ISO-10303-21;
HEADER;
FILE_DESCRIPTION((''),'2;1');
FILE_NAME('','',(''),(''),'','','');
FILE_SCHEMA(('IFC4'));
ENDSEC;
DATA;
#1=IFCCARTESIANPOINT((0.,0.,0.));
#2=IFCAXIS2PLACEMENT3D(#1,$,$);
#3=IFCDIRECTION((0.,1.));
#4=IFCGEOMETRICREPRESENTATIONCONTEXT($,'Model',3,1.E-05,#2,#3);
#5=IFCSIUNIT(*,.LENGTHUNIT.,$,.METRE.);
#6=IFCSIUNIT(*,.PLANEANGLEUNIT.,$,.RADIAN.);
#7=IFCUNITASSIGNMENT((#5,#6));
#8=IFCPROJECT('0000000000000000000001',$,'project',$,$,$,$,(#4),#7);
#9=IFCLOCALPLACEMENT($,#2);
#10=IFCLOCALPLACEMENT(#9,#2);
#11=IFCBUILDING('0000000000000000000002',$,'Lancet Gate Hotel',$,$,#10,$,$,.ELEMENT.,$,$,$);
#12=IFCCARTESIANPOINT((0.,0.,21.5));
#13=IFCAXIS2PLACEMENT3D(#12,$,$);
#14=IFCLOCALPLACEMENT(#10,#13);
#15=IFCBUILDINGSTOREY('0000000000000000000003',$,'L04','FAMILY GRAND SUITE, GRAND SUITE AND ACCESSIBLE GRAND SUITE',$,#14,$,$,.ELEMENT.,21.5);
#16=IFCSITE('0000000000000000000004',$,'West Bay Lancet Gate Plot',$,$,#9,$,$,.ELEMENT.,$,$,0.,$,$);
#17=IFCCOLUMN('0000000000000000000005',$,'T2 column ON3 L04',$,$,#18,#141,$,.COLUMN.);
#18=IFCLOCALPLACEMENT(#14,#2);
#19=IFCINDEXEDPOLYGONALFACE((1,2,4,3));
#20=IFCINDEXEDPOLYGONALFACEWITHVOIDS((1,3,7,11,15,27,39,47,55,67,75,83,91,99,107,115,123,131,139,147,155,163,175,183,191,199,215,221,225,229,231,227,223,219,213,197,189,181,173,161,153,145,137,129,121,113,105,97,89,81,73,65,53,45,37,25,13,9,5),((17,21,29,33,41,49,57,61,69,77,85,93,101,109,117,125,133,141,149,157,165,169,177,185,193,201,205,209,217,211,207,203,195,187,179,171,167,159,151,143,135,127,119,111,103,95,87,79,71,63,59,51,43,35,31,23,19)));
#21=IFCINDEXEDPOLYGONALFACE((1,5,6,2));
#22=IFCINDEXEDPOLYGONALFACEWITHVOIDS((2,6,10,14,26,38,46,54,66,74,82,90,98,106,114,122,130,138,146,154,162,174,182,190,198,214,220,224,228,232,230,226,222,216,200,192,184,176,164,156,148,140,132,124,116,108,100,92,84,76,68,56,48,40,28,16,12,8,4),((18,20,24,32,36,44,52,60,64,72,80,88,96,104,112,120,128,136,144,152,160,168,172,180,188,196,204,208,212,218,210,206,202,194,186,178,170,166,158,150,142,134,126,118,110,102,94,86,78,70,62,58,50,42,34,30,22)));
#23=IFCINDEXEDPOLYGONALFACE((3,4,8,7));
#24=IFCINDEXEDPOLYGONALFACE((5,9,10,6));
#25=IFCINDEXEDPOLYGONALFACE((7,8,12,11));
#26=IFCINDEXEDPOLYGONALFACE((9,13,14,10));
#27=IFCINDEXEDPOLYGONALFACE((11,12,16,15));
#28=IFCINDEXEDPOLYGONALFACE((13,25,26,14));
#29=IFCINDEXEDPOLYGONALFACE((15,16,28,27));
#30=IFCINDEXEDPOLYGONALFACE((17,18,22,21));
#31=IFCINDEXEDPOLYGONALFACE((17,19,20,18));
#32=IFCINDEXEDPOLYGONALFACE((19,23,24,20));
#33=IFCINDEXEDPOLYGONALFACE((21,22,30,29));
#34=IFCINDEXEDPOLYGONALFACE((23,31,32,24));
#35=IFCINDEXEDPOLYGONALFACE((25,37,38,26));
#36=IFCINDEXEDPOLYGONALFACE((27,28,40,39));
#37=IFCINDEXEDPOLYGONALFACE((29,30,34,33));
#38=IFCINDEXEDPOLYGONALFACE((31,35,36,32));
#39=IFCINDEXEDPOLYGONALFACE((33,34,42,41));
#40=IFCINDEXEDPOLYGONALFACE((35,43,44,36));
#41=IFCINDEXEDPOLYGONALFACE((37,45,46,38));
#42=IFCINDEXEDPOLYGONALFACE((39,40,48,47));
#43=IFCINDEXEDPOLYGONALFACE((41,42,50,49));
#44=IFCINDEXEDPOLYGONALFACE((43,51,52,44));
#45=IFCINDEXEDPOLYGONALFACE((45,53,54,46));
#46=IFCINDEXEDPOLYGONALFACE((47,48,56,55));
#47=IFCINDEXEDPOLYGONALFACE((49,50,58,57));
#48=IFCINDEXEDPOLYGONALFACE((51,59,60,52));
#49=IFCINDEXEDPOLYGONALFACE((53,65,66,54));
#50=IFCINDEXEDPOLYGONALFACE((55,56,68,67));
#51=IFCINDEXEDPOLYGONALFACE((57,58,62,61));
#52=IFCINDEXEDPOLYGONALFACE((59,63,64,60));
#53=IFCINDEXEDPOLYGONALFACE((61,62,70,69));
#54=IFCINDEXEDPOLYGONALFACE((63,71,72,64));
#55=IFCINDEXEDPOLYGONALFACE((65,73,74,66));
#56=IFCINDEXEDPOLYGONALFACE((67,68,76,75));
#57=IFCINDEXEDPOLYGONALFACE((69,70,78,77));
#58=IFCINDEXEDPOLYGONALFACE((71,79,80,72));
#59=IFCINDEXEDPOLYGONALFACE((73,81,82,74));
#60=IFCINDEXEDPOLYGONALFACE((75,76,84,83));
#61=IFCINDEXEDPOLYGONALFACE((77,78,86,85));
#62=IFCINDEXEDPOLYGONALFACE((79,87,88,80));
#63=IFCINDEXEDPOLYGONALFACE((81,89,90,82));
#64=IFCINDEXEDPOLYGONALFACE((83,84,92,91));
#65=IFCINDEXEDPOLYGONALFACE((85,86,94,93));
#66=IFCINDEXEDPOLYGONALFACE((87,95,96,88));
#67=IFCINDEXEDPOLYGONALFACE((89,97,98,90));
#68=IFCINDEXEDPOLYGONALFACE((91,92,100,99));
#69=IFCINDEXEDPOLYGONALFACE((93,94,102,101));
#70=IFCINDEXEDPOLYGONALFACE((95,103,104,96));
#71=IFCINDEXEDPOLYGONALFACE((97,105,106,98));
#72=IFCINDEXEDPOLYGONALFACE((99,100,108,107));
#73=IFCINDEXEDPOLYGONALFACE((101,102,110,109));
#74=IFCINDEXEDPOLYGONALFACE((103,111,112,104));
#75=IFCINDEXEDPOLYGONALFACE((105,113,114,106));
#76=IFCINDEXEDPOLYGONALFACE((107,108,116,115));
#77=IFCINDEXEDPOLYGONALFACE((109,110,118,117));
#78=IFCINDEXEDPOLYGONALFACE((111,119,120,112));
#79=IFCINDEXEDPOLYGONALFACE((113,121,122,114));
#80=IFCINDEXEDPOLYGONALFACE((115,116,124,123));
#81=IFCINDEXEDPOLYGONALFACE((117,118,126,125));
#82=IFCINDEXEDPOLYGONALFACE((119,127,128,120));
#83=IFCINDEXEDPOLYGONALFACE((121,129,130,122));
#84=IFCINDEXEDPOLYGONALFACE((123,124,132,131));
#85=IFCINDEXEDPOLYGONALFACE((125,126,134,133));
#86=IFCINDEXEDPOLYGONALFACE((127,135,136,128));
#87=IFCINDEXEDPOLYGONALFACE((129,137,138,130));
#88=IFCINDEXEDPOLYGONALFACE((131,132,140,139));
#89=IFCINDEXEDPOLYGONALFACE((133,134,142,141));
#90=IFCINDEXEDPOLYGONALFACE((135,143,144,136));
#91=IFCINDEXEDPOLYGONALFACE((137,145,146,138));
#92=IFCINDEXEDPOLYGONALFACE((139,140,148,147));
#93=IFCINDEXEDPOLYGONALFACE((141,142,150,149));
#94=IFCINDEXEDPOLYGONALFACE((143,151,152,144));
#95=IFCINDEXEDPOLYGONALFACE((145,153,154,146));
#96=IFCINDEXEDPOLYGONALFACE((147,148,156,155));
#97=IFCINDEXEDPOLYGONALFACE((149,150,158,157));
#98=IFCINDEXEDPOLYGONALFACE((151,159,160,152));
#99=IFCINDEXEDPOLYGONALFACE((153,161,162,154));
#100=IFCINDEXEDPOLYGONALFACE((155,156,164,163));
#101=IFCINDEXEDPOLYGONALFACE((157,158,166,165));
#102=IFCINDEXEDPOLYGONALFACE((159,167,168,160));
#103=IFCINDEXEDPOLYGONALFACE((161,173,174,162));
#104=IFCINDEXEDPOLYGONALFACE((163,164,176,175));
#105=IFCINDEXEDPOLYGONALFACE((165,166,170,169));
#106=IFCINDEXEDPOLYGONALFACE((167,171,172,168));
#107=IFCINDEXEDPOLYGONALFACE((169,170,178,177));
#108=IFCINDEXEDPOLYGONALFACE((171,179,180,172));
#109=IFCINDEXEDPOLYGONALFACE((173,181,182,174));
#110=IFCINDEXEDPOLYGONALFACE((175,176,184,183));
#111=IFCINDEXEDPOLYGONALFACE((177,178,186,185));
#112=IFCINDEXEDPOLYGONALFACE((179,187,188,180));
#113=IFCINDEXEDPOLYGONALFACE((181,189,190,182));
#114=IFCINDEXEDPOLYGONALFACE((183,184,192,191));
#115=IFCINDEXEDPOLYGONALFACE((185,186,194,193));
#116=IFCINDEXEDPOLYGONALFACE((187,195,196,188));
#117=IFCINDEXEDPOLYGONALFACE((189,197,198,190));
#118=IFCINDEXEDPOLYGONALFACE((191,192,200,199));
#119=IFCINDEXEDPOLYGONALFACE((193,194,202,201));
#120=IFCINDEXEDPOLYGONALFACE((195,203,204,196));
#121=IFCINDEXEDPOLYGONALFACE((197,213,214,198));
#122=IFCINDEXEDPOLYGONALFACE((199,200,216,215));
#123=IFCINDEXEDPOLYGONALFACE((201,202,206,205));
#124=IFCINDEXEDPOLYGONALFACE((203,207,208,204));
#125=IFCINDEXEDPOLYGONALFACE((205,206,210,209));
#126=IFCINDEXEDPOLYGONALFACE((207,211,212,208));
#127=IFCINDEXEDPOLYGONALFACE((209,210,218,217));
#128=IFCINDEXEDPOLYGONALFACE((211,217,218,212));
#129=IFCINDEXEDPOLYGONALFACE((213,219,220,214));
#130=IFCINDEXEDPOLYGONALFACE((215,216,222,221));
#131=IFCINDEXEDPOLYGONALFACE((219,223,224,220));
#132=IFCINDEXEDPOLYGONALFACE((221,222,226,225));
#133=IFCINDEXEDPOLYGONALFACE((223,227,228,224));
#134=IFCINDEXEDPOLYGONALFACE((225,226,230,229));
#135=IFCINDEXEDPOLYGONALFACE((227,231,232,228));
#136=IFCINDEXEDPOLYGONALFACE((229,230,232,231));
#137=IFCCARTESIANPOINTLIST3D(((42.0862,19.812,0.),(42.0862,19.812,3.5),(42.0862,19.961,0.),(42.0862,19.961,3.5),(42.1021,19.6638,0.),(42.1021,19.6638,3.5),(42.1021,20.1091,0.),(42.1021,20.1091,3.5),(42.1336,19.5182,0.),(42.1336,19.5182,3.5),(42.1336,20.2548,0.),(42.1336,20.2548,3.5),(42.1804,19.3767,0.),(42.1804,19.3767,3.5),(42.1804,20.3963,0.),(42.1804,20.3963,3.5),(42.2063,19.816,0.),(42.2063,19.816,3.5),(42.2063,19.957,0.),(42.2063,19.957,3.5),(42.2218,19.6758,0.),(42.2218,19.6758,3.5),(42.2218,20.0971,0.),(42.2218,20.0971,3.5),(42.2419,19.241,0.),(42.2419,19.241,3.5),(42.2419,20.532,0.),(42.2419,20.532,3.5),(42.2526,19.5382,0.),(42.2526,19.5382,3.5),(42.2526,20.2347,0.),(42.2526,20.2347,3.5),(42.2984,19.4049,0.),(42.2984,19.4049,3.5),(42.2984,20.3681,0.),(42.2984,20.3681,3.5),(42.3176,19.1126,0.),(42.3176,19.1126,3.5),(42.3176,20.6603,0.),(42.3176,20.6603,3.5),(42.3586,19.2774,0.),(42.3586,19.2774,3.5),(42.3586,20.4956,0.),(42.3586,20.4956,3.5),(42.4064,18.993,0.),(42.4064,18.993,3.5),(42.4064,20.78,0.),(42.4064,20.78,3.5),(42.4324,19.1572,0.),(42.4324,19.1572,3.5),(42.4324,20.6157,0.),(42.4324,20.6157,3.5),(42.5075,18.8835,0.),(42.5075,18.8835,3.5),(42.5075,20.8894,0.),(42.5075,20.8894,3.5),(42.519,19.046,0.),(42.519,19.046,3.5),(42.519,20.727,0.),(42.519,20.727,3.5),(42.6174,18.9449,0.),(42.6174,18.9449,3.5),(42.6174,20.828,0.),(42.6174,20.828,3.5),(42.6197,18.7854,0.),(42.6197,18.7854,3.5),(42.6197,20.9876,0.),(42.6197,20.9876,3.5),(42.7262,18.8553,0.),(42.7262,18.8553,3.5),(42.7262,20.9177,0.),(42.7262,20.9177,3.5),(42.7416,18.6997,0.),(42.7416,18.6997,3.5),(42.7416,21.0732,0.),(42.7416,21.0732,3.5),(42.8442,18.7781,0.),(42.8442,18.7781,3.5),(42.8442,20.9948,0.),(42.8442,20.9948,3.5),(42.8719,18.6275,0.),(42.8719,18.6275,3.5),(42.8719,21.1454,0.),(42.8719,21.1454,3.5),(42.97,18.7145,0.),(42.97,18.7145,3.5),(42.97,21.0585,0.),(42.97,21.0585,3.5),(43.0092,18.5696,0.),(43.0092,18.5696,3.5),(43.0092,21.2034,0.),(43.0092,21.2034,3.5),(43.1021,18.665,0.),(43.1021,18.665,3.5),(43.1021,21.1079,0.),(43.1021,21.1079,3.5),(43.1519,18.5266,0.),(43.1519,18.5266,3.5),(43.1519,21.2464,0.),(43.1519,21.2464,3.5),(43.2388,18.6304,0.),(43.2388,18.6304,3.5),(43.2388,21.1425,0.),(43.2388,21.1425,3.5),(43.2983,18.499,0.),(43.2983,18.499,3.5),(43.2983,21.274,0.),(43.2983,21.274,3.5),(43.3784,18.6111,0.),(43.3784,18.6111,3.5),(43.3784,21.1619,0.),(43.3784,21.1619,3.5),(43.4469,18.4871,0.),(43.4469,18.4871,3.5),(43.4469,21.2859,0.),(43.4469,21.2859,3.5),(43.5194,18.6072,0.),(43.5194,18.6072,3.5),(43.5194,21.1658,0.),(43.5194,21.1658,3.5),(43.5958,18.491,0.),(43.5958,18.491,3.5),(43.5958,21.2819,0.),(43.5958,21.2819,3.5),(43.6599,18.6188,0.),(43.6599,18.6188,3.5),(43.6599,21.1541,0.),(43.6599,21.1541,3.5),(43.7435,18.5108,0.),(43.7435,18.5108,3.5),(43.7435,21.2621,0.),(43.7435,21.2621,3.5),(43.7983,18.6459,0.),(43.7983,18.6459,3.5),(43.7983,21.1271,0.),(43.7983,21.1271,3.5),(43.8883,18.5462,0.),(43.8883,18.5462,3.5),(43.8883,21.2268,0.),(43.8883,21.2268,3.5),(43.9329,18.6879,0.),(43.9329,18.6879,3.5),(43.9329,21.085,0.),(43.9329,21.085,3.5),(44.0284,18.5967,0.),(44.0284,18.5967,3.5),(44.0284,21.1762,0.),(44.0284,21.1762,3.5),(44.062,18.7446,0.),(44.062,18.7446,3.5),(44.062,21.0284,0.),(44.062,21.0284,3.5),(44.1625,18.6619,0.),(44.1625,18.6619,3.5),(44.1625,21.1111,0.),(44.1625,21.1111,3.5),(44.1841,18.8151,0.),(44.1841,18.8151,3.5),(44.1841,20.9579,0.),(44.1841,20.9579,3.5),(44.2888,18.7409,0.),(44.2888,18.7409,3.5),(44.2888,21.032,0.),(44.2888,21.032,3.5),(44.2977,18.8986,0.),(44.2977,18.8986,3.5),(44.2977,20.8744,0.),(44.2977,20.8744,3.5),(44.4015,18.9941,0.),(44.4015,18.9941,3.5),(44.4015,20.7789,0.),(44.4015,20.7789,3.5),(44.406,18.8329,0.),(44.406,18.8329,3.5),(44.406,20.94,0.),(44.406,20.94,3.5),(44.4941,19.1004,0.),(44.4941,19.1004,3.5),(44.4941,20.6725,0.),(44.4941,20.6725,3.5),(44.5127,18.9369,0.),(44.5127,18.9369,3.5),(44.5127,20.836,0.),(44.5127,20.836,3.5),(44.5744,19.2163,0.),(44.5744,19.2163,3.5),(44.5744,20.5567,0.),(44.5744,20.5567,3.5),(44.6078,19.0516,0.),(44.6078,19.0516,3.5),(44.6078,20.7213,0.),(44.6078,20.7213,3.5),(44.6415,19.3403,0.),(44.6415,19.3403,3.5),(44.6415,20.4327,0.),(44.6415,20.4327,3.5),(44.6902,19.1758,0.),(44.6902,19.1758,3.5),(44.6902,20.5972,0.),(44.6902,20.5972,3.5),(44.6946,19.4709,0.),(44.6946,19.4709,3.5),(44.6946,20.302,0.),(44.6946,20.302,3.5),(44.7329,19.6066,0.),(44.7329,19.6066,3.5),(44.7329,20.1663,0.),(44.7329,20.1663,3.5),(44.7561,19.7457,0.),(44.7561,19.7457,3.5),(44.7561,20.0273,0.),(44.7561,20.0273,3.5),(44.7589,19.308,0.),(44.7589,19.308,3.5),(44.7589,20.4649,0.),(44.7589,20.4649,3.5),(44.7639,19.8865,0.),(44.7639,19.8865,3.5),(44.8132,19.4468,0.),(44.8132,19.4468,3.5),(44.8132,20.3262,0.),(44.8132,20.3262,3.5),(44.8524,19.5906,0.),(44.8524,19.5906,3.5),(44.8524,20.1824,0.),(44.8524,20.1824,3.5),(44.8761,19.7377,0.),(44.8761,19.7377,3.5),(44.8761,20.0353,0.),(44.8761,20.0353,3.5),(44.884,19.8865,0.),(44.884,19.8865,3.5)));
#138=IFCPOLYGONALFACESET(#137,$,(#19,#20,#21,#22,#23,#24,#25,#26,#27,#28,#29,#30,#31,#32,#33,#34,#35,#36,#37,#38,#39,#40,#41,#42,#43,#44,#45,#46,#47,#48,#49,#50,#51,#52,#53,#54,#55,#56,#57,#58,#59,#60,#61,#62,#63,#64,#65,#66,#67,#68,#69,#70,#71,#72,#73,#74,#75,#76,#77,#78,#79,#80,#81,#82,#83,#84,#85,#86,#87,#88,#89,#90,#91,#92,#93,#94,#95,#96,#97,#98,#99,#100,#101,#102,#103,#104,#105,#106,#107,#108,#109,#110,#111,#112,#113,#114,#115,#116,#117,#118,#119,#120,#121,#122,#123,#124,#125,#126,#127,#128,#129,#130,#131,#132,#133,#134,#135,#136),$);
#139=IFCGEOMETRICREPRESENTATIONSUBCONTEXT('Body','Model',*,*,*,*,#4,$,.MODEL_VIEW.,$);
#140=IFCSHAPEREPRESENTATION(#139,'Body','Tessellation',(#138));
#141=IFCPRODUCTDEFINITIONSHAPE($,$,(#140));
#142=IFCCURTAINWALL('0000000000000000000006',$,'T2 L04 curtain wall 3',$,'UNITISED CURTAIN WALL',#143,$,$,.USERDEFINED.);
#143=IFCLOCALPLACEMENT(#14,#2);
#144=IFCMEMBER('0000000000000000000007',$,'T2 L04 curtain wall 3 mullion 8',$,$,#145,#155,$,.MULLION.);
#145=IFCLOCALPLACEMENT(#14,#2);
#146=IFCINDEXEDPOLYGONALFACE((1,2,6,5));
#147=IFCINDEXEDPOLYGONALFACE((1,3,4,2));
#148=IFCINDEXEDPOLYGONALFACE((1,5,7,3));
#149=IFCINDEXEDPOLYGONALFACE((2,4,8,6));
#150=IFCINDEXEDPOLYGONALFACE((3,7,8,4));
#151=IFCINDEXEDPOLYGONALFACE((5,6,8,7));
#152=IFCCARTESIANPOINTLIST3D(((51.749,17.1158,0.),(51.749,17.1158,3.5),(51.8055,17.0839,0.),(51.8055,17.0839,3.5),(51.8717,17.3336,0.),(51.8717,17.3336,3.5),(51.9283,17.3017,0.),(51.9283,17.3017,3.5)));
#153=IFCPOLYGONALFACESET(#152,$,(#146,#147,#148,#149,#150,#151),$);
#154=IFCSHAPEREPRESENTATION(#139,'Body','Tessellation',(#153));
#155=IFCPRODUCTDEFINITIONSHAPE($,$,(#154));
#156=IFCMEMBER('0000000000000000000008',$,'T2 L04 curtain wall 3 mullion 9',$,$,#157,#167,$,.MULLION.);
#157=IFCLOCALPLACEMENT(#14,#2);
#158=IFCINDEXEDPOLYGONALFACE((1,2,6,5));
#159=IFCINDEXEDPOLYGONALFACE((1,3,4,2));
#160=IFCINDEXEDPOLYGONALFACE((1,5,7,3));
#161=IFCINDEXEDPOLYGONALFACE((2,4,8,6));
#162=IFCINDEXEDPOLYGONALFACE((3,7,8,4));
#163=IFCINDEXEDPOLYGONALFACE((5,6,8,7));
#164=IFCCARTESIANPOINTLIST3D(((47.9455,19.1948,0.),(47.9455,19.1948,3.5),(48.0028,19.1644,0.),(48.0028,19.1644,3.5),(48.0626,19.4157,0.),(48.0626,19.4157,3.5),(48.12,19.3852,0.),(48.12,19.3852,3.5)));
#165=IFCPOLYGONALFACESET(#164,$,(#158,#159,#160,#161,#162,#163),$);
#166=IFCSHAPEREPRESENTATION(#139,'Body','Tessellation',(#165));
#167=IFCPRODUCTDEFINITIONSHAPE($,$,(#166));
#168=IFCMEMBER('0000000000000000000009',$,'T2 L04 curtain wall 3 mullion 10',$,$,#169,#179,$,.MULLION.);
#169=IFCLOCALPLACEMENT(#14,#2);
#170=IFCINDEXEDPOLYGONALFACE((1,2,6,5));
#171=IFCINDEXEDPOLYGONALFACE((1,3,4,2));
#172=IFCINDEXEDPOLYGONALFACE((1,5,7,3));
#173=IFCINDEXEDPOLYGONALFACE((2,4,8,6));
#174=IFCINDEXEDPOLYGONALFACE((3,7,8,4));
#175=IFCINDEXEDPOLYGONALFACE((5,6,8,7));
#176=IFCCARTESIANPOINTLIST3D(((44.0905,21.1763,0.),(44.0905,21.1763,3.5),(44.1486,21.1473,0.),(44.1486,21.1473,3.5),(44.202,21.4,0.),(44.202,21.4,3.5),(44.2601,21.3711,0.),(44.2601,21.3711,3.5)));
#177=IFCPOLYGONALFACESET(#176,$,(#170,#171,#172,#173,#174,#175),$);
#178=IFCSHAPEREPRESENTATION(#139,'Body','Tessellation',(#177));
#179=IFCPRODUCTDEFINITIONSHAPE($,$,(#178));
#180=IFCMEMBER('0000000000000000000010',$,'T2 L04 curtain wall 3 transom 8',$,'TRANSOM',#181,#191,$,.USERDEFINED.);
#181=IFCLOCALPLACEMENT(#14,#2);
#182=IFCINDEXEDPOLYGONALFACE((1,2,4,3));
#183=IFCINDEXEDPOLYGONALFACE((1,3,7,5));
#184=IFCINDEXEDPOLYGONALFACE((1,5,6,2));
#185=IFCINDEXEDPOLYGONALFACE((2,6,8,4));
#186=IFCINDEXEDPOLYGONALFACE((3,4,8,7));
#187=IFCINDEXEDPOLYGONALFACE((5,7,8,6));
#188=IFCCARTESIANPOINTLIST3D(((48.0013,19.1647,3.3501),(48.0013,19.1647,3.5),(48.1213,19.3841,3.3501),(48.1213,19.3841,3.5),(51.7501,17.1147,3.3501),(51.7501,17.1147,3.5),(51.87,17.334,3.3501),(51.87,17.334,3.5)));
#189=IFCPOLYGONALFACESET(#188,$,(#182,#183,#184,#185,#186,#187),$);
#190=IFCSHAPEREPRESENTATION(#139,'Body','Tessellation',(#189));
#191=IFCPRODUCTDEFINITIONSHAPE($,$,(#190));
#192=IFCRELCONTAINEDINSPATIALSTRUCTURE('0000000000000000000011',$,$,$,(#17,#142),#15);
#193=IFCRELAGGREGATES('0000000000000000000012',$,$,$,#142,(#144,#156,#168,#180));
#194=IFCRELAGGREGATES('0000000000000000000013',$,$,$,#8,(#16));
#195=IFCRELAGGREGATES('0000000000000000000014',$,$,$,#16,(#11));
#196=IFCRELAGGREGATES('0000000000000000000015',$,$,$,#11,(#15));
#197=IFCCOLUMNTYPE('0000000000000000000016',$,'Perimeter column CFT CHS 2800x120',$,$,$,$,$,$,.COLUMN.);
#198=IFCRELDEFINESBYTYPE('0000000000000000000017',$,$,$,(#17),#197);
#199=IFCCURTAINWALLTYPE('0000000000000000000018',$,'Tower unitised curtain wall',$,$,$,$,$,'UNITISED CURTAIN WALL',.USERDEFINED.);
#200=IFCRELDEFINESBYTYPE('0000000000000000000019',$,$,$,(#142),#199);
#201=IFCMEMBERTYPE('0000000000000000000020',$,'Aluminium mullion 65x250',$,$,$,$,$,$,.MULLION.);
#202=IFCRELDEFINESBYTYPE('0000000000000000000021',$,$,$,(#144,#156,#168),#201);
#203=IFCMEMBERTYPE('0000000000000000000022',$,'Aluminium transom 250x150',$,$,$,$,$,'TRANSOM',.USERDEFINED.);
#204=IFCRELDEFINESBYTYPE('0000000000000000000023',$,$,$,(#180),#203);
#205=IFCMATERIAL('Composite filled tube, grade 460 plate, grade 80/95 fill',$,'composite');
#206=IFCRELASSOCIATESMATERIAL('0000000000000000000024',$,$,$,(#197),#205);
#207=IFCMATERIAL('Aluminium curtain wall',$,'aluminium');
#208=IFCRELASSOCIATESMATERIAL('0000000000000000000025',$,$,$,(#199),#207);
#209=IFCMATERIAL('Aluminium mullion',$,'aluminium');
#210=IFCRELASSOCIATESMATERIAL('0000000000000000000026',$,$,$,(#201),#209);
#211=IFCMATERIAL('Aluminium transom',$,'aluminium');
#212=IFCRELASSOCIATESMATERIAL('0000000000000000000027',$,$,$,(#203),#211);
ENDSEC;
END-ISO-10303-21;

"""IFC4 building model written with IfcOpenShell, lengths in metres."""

from ifc_helpers import new_model, si_unit, direction, frame, origin, origin_2d, place, context, subcontext, project, spatial, rectangle, hollow_circle, extrude, material, material_profile, profile_set, type_object, element, aggregate, save


model = new_model("IFC4")

# Units and contexts
model_context = context("Model", 3, precision=1e-05, world=origin(), true_north=direction((0.0, 1.0)))
body_context = subcontext(model_context, "Body", "Model", "MODEL_VIEW")
ifc_project = project(units=[si_unit("LENGTHUNIT", "METRE"), si_unit("PLANEANGLEUNIT", "RADIAN")], contexts=[model_context])

# Site, building, storey
site_placement = place(None, origin())
site = spatial("IfcSite", under=ifc_project, at=site_placement, Name="West Bay Lancet Gate Plot", CompositionType="ELEMENT", RefElevation=0.0)
building_placement = place(site_placement, origin())
building = spatial("IfcBuilding", under=site, at=building_placement, Name="Lancet Gate Hotel", CompositionType="ELEMENT")
storey_placement = place(building_placement, frame((0.0, 0.0, 21.5)))
storey = spatial("IfcBuildingStorey", under=building, at=storey_placement, Name="L04", Description="FAMILY GRAND SUITE, GRAND SUITE AND ACCESSIBLE GRAND SUITE", CompositionType="ELEMENT", Elevation=21.5)

# Column
ifc_material_1 = material(Name="Composite filled tube, grade 460 plate, grade 80/95 fill", Category="composite")
ifc_material_profile_1 = material_profile(ifc_material_1, hollow_circle(Radius=1.3999, WallThickness=0.1201, at=origin_2d()), Name="CHS 2800x120")
ifc_profile_set_1 = profile_set([ifc_material_profile_1], Name="Composite filled tube, grade 460 plate, grade 80/95 fill")
column_type = type_object("IfcColumnType", Name="Perimeter column CFT CHS 2800x120", PredefinedType="COLUMN", material=ifc_profile_set_1)
for number, where, z_axis, x_axis, name in (
    (1, (43.4841, 19.8865, 0.0), (0.0, 0.0, 1.0), (1.0, 0.0, 0.0), "T2 column ON3 L04"),
):
    element("IfcColumn", number, at=place(storey_placement, frame(where, z_axis=z_axis, x_axis=x_axis)), inside=storey, type_object=column_type, Name=name, PredefinedType="COLUMN", context=body_context, shape_type="SweptSolid", body=[
        extrude(hollow_circle(Radius=1.3999, WallThickness=0.1201, at=origin_2d()), origin(), (0.0, 0.0, 1.0), 3.5),
    ])

# Curtain wall, members
ifc_material_2 = material(Name="Aluminium curtain wall", Category="aluminium")
curtain_wall_type = type_object("IfcCurtainWallType", Name="Tower unitised curtain wall", ElementType="UNITISED CURTAIN WALL", PredefinedType="USERDEFINED", material=ifc_material_2)
curtain_wall_placement = place(storey_placement, origin())
curtain_wall = element("IfcCurtainWall", 2, at=curtain_wall_placement, inside=storey, type_object=curtain_wall_type, Name="T2 L04 curtain wall 3", ObjectType="UNITISED CURTAIN WALL", PredefinedType="USERDEFINED")
ifc_material_3 = material(Name="Aluminium mullion", Category="aluminium")
ifc_material_profile_2 = material_profile(ifc_material_3, rectangle(XDim=0.0649, YDim=0.25, at=origin_2d()), Name="MULLION 65x250")
ifc_profile_set_2 = profile_set([ifc_material_profile_2], Name="Aluminium mullion")
member_type_1 = type_object("IfcMemberType", Name="Aluminium mullion 65x250", PredefinedType="MULLION", material=ifc_profile_set_2)
member_1_placement = place(storey_placement, frame((51.8386, 17.2087, 0.0), z_axis=(0.0, 0.0, 1.0), x_axis=(-0.87119, 0.490945, 0.0)))
member_1 = element("IfcMember", 3, at=member_1_placement, type_object=member_type_1, Name="T2 L04 curtain wall 3 mullion 8", PredefinedType="MULLION", context=body_context, shape_type="SweptSolid", body=[
    extrude(rectangle(XDim=0.0649, YDim=0.25, at=origin_2d()), origin(), (0.0, 0.0, 1.0), 3.5),
])
member_2_placement = place(storey_placement, frame((48.0327, 19.29, 0.0), z_axis=(0.0, 0.0, 1.0), x_axis=(-0.883403, 0.468613, 0.0)))
member_2 = element("IfcMember", 4, at=member_2_placement, type_object=member_type_1, Name="T2 L04 curtain wall 3 mullion 9", PredefinedType="MULLION", context=body_context, shape_type="SweptSolid", body=[
    extrude(rectangle(XDim=0.0649, YDim=0.25, at=origin_2d()), origin(), (0.0, 0.0, 1.0), 3.5),
])
member_3_placement = place(storey_placement, frame((44.1753, 21.2737, 0.0), z_axis=(0.0, 0.0, 1.0), x_axis=(-0.895044, 0.445978, 0.0)))
member_3 = element("IfcMember", 5, at=member_3_placement, type_object=member_type_1, Name="T2 L04 curtain wall 3 mullion 10", PredefinedType="MULLION", context=body_context, shape_type="SweptSolid", body=[
    extrude(rectangle(XDim=0.0649, YDim=0.25, at=origin_2d()), origin(), (0.0, 0.0, 1.0), 3.5),
])
ifc_material_4 = material(Name="Aluminium transom", Category="aluminium")
ifc_material_profile_3 = material_profile(ifc_material_4, rectangle(XDim=0.25, YDim=0.1499, at=origin_2d()), Name="TRANSOM 250x150")
ifc_profile_set_3 = profile_set([ifc_material_profile_3], Name="Aluminium transom")
member_type_2 = type_object("IfcMemberType", Name="Aluminium transom 250x150", ElementType="TRANSOM", PredefinedType="USERDEFINED", material=ifc_profile_set_3)
member_4_placement = place(storey_placement, frame((51.8101, 17.2244, 3.425), z_axis=(-0.877378, 0.479801, 0.0), x_axis=(-0.479801, -0.877378, 0.0)))
member_4 = element("IfcMember", 6, at=member_4_placement, type_object=member_type_2, Name="T2 L04 curtain wall 3 transom 8", ObjectType="TRANSOM", PredefinedType="USERDEFINED", context=body_context, shape_type="SweptSolid", body=[
    extrude(rectangle(XDim=0.25, YDim=0.1499, at=origin_2d()), origin(), (0.0, 0.0, 1.0), 4.2727),
])

aggregate(curtain_wall, [member_1, member_2, member_3, member_4])

save(model, "model.ifc")
